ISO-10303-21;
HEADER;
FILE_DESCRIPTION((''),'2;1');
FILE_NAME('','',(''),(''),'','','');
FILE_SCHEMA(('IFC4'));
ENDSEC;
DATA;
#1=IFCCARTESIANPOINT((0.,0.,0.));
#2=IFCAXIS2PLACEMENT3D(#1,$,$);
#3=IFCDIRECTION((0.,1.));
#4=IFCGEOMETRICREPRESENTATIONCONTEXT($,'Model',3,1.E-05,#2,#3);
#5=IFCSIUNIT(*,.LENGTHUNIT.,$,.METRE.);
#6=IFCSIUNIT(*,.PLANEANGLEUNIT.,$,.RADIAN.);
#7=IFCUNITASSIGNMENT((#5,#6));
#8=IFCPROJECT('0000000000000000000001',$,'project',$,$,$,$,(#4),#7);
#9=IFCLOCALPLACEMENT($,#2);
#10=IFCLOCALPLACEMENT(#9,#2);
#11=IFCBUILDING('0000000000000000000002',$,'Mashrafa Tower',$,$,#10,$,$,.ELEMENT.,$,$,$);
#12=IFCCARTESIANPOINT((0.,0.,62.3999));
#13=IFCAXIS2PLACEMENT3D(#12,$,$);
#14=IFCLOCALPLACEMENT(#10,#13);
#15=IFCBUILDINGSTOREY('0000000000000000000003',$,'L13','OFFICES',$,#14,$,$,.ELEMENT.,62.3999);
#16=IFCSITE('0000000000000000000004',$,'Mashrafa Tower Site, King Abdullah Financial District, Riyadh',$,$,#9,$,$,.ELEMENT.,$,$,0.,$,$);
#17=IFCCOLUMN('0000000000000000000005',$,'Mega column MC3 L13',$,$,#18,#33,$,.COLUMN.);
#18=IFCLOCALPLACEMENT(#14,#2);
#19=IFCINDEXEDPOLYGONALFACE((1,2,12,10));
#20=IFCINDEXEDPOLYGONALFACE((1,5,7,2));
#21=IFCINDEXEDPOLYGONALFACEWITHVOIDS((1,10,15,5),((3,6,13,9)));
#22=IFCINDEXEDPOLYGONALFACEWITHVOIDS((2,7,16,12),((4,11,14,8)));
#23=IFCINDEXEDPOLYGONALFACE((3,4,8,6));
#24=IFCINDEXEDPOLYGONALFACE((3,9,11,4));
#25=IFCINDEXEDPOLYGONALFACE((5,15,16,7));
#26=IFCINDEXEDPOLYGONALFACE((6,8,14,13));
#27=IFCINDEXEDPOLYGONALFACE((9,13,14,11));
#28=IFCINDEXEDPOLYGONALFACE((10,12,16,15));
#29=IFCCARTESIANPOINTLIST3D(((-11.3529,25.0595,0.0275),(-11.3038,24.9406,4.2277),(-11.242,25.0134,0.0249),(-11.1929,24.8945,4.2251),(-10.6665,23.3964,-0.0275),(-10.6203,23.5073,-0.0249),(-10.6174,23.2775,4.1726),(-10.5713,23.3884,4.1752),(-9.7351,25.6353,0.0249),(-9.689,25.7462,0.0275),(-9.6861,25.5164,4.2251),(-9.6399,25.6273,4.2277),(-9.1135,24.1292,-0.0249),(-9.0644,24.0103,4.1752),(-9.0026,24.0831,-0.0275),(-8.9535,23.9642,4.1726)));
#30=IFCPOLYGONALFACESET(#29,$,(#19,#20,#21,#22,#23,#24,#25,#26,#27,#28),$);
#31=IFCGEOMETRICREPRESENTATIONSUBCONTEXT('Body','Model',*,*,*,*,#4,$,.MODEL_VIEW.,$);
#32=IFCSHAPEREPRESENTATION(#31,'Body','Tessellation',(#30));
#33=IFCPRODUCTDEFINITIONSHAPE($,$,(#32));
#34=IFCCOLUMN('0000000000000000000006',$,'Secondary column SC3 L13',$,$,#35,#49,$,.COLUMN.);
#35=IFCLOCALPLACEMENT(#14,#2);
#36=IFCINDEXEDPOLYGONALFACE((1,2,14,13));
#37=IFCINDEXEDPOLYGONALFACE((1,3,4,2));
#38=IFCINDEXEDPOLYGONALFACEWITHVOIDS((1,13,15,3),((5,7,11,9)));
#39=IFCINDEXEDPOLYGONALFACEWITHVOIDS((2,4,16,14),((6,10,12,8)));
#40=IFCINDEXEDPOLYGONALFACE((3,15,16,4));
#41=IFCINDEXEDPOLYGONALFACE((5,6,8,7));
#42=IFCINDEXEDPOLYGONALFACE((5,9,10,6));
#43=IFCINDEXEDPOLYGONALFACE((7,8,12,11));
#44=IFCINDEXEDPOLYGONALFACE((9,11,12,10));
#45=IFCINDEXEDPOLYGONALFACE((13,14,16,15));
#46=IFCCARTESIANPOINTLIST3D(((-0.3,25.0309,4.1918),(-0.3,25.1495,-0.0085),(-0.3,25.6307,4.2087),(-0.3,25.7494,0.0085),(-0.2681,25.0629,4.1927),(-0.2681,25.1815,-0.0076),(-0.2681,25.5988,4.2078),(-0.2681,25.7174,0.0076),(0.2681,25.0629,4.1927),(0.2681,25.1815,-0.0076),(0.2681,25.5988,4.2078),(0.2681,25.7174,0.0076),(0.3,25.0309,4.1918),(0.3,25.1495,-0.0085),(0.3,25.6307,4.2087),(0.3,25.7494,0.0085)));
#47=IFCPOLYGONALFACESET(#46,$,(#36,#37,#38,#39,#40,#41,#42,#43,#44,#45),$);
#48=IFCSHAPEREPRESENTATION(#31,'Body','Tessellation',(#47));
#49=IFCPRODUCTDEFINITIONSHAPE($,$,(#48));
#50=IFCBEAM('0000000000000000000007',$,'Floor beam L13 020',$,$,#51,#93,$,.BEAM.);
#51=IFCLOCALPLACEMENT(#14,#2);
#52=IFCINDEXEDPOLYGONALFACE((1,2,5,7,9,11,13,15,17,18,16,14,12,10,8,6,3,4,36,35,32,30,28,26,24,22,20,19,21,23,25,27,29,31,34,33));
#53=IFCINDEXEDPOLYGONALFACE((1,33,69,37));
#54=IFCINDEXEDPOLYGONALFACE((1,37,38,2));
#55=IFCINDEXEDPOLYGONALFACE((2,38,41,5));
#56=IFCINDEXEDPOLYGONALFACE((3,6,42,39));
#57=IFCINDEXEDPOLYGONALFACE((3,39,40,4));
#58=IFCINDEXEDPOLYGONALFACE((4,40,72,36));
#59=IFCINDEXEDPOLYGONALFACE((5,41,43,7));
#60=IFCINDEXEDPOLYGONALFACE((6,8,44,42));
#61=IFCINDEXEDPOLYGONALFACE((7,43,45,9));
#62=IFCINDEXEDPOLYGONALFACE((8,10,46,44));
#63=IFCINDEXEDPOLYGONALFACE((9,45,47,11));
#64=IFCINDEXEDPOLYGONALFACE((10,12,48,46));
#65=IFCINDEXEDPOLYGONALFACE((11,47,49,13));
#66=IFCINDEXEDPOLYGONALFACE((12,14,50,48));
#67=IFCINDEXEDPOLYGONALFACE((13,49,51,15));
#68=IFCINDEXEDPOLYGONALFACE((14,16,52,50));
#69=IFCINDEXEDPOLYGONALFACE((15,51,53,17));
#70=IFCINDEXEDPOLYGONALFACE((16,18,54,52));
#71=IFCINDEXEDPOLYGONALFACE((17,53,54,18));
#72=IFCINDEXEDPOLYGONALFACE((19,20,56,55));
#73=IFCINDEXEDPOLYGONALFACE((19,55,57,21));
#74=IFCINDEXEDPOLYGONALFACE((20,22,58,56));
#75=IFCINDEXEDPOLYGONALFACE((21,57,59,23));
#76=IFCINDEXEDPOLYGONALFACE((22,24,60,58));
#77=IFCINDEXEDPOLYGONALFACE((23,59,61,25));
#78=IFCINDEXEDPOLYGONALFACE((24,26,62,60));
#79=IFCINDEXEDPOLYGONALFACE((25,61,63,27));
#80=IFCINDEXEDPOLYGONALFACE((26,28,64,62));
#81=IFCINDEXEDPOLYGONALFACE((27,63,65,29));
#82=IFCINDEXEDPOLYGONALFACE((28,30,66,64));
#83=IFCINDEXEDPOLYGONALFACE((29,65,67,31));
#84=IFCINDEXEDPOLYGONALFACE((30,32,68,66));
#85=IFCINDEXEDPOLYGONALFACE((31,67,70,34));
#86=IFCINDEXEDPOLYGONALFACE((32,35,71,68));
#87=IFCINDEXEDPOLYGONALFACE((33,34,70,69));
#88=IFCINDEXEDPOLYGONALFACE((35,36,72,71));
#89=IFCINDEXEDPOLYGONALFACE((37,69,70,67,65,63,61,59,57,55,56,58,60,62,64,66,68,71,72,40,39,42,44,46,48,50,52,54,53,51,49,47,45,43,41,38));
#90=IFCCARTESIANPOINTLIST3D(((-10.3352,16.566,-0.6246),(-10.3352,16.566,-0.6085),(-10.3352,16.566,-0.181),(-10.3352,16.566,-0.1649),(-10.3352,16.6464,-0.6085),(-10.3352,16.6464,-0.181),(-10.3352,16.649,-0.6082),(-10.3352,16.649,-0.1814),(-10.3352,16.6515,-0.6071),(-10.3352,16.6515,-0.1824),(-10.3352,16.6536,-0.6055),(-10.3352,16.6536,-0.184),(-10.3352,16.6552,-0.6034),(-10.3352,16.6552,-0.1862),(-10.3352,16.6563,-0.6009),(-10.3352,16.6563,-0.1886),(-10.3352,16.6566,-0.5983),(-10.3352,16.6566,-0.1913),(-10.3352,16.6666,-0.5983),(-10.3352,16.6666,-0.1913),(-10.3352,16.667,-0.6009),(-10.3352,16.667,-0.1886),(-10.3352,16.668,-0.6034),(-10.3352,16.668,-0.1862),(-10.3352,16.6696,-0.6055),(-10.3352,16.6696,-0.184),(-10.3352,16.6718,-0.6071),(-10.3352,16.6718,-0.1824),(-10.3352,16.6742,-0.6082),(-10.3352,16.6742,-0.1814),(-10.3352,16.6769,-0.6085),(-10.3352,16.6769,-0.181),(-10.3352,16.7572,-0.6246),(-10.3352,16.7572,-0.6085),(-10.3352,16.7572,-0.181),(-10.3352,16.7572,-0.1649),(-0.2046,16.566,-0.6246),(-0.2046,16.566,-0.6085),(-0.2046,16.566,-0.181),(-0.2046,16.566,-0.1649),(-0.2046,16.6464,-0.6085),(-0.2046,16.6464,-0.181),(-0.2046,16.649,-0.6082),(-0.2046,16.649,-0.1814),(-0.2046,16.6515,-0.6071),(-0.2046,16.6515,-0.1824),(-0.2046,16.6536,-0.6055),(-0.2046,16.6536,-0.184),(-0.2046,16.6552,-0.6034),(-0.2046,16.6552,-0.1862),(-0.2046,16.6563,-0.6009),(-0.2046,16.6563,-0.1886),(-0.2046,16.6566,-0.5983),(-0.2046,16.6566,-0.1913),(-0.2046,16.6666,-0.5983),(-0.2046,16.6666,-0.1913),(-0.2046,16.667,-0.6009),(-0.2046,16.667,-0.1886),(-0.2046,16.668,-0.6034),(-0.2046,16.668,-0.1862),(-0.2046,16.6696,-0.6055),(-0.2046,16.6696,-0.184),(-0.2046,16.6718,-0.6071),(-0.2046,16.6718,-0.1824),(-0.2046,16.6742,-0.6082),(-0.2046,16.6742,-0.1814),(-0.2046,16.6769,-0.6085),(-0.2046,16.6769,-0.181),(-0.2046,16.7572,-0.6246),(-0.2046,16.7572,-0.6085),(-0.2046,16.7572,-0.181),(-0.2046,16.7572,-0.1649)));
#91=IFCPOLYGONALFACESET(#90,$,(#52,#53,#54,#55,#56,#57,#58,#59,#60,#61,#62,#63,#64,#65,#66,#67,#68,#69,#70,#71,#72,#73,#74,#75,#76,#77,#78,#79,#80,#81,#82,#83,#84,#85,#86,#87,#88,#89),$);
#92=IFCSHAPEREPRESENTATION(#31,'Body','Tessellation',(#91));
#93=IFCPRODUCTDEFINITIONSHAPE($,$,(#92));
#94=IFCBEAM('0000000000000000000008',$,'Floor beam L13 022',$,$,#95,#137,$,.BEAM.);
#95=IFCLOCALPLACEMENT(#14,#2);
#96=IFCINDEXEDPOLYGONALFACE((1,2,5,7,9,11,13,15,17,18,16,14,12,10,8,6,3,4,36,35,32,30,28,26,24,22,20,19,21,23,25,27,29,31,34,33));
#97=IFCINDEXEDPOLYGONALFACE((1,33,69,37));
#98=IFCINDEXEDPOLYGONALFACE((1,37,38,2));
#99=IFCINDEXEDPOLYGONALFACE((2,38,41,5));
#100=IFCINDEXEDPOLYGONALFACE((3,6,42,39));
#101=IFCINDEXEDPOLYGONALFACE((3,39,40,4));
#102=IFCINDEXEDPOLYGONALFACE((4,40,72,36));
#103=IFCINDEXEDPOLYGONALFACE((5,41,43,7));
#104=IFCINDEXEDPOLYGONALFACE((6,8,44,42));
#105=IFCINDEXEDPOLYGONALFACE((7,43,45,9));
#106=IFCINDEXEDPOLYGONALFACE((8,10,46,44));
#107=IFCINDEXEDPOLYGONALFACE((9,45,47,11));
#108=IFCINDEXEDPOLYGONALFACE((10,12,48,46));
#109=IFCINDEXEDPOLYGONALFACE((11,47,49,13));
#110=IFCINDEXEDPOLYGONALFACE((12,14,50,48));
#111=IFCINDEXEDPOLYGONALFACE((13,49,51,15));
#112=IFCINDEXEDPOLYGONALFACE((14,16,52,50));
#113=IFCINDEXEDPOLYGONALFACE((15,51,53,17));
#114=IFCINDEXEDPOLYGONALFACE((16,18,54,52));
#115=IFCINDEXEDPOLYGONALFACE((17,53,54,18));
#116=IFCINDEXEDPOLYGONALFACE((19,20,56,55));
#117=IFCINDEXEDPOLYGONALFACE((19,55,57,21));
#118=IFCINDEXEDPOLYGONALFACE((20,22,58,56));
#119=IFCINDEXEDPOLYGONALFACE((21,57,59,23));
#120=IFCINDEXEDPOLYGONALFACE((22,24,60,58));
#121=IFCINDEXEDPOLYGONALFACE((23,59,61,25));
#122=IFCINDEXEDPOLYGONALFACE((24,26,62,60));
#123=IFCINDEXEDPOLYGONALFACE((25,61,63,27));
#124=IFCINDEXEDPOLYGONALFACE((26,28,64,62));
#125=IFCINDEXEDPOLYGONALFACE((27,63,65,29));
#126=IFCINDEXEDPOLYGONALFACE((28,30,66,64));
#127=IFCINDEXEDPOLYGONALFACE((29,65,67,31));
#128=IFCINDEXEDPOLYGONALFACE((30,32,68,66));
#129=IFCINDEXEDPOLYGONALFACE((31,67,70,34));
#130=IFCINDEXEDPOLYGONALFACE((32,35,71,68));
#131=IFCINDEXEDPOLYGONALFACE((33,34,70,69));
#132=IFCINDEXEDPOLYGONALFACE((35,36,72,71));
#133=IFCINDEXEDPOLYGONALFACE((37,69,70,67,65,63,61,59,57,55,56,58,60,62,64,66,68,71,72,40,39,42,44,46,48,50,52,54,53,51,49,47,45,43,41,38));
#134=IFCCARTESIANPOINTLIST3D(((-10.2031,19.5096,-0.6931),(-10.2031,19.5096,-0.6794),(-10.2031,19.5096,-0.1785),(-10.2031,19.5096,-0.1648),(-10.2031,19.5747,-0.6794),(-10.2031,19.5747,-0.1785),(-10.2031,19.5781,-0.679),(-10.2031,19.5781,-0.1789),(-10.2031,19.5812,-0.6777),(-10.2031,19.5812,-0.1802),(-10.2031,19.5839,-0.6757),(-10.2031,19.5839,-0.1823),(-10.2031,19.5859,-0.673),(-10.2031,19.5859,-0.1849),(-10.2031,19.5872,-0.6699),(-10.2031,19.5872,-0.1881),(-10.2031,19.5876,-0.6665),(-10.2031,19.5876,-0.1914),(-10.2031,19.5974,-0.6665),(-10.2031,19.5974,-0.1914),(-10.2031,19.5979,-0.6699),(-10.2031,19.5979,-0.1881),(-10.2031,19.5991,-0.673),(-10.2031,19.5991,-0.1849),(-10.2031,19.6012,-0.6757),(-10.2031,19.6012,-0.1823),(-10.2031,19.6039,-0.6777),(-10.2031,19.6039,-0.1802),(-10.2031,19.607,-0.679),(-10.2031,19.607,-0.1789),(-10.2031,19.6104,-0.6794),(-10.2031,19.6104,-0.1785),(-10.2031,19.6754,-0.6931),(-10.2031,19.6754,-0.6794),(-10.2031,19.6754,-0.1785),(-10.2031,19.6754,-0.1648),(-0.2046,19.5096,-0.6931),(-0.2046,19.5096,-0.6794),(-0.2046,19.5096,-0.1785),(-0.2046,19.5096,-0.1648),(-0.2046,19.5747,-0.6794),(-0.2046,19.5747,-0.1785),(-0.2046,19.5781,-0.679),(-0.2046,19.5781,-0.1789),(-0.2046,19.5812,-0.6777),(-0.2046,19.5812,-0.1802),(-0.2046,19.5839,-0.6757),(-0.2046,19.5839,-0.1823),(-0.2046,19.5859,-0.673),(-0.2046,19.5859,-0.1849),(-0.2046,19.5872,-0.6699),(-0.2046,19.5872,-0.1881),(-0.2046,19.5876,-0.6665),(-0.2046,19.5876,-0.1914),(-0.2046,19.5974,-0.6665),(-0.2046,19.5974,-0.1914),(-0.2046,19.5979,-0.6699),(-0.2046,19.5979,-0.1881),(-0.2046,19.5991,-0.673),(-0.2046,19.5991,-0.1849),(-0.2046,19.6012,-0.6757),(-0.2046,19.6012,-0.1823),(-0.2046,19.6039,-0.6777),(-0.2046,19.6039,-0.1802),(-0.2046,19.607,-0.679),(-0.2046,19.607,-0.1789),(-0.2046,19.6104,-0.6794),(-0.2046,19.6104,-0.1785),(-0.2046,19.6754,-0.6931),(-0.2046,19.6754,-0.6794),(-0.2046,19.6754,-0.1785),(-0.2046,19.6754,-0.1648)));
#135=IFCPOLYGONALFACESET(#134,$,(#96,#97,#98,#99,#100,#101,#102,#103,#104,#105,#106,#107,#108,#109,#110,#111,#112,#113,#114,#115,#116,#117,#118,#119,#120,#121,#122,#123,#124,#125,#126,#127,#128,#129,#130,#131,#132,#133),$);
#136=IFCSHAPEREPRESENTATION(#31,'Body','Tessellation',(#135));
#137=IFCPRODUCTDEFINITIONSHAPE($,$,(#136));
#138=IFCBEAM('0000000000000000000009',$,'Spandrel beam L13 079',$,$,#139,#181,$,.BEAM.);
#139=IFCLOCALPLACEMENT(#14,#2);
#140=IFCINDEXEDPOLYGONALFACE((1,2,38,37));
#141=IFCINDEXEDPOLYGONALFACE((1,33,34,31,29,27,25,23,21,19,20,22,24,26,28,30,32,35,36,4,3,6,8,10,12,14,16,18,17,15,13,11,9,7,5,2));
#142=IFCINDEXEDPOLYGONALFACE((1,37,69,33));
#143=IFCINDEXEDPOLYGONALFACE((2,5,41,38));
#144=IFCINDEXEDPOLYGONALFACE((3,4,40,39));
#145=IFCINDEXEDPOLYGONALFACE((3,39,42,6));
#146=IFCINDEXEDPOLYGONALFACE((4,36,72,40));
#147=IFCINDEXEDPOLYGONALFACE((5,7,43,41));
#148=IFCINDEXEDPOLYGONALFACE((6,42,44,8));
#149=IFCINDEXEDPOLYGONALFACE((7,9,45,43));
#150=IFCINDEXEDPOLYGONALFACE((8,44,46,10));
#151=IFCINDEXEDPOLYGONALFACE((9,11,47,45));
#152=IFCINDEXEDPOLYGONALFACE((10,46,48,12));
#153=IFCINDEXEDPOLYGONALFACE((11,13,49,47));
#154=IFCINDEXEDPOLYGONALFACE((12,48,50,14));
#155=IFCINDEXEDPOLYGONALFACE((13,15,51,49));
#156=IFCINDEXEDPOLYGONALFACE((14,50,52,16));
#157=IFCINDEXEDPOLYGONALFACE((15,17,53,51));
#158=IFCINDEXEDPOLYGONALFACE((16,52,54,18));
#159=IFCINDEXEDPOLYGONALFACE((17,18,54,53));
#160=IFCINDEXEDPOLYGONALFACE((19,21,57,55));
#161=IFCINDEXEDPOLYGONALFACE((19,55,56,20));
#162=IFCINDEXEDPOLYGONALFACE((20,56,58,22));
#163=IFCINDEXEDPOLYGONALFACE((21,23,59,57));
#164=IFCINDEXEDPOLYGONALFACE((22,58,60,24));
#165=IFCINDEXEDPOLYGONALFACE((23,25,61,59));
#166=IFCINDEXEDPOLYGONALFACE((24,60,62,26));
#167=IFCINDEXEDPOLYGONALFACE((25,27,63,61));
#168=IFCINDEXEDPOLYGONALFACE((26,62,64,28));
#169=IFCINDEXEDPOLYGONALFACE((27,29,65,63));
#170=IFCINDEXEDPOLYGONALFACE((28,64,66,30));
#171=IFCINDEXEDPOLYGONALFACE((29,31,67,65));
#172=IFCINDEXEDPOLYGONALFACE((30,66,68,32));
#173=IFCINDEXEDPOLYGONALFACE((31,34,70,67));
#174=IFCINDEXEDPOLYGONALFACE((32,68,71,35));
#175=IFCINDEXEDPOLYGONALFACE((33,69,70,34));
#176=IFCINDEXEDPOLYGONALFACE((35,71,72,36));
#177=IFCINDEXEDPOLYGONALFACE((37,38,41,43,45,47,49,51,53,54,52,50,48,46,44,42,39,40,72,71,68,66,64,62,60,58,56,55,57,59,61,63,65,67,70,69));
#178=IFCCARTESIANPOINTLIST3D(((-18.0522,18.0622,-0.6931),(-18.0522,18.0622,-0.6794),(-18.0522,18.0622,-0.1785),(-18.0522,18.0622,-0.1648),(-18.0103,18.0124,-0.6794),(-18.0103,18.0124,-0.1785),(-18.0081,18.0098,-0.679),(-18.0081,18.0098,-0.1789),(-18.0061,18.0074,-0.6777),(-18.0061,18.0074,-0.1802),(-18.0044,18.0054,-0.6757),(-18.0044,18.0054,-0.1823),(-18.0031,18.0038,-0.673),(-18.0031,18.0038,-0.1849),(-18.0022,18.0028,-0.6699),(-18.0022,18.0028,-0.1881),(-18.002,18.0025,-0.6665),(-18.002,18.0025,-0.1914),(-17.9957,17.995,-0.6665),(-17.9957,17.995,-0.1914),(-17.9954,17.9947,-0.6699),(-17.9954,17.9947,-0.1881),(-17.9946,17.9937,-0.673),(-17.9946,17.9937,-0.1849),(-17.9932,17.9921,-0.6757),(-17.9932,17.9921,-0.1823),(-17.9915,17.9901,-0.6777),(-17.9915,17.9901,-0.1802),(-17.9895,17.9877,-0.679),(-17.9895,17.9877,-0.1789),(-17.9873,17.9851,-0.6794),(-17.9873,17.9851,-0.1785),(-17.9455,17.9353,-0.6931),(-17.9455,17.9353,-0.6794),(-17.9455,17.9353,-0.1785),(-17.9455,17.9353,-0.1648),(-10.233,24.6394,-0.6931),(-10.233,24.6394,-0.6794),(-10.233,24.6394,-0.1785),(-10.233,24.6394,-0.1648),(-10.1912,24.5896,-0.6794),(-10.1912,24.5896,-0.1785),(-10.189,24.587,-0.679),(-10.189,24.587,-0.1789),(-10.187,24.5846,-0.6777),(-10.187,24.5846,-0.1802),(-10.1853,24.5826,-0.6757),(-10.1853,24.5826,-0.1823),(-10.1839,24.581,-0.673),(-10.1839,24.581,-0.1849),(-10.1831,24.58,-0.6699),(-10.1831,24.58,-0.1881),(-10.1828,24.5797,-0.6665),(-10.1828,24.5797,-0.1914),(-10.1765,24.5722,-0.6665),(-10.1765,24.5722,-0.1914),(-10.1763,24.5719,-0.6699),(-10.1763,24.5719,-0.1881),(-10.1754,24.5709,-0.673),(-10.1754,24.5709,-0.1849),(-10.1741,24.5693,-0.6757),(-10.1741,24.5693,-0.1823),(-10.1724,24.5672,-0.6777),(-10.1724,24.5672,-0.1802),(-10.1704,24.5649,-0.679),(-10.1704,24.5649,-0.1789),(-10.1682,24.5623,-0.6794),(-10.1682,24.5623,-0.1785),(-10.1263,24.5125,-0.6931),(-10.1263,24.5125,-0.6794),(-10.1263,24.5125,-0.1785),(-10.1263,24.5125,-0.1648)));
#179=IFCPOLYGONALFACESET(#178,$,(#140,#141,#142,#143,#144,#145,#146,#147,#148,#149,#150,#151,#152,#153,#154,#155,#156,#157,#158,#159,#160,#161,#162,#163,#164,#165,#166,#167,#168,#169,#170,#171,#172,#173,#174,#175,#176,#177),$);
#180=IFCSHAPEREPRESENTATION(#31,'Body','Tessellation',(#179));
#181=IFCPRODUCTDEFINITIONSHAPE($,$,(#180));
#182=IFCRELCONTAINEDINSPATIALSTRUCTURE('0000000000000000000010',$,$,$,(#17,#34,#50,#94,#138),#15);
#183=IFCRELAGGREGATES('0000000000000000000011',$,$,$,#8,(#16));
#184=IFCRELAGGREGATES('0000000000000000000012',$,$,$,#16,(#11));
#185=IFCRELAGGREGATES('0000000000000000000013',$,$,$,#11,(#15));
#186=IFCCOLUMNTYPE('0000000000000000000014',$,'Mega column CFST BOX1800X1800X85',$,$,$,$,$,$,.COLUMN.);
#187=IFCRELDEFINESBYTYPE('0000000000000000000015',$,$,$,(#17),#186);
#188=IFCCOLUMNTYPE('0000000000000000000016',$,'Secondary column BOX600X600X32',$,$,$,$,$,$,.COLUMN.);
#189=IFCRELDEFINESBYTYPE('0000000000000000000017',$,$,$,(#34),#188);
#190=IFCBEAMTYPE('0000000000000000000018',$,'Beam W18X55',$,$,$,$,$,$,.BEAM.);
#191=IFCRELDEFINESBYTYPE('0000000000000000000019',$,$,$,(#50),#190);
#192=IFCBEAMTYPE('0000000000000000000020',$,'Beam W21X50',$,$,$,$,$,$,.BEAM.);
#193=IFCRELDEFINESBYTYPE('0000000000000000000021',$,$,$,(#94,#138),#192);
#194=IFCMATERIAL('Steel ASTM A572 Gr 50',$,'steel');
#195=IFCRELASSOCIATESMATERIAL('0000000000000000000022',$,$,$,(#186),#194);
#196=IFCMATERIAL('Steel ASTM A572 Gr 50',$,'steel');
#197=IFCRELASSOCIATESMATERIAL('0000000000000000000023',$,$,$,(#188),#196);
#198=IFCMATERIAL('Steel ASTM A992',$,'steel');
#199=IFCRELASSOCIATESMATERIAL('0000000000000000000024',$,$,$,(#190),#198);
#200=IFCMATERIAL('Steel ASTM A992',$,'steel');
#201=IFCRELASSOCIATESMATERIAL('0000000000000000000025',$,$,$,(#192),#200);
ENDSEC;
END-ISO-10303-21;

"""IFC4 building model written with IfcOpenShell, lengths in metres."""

from ifc_helpers import new_model, si_unit, direction, frame, origin, origin_2d, place, context, subcontext, project, spatial, hollow_rectangle, i_section, extrude, material, material_profile, profile_set, type_object, element, save


model = new_model("IFC4")

# Units and contexts
model_context = context("Model", 3, precision=1e-05, world=origin(), true_north=direction((0.0, 1.0)))
body_context = subcontext(model_context, "Body", "Model", "MODEL_VIEW")
ifc_project = project(units=[si_unit("LENGTHUNIT", "METRE"), si_unit("PLANEANGLEUNIT", "RADIAN")], contexts=[model_context])

# Site, building, storey
site_placement = place(None, origin())
site = spatial("IfcSite", under=ifc_project, at=site_placement, Name="Mashrafa Tower Site, King Abdullah Financial District, Riyadh", CompositionType="ELEMENT", RefElevation=0.0)
building_placement = place(site_placement, origin())
building = spatial("IfcBuilding", under=site, at=building_placement, Name="Mashrafa Tower", CompositionType="ELEMENT")
storey_placement = place(building_placement, frame((0.0, 0.0, 62.3999)))
storey = spatial("IfcBuildingStorey", under=building, at=storey_placement, Name="L13", Description="OFFICES", CompositionType="ELEMENT", Elevation=62.3999)

# Columns
ifc_material_1 = material(Name="Steel ASTM A572 Gr 50", Category="steel")
ifc_material_profile_1 = material_profile(ifc_material_1, hollow_rectangle(XDim=1.8, YDim=1.8, WallThickness=0.085, at=origin_2d()), Name="BOX1800X1800X85")
ifc_profile_set_1 = profile_set([ifc_material_profile_1], Name="Steel ASTM A572 Gr 50")
column_type_1 = type_object("IfcColumnType", Name="Mega column CFST BOX1800X1800X85", PredefinedType="COLUMN", material=ifc_profile_set_1)
column_1_placement = place(storey_placement, frame((-10.1777, 24.5713, 0.0), z_axis=(0.011678, -0.028294, 0.999531), x_axis=(0.924363, 0.381513, 0.0)))
element("IfcColumn", 1, at=column_1_placement, inside=storey, type_object=column_type_1, Name="Mega column MC3 L13", PredefinedType="COLUMN", context=body_context, shape_type="SweptSolid", body=[
    extrude(hollow_rectangle(XDim=1.8, YDim=1.8, WallThickness=0.085, at=origin_2d()), origin(), (0.0, 0.0, 1.0), 4.2021),
])
ifc_material_2 = material(Name="Steel ASTM A572 Gr 50", Category="steel")
ifc_material_profile_2 = material_profile(ifc_material_2, hollow_rectangle(XDim=0.6001, YDim=0.6001, WallThickness=0.032, at=origin_2d()), Name="BOX600X600X32")
ifc_profile_set_2 = profile_set([ifc_material_profile_2], Name="Steel ASTM A572 Gr 50")
column_type_2 = type_object("IfcColumnType", Name="Secondary column BOX600X600X32", PredefinedType="COLUMN", material=ifc_profile_set_2)
column_2_placement = place(storey_placement, frame((0.0, 25.4495, 0.0), z_axis=(0.0, -0.028238, 0.999601), x_axis=(1.0, 0.0, 0.0)))
element("IfcColumn", 2, at=column_2_placement, inside=storey, type_object=column_type_2, Name="Secondary column SC3 L13", PredefinedType="COLUMN", context=body_context, shape_type="SweptSolid", body=[
    extrude(hollow_rectangle(XDim=0.6001, YDim=0.6001, WallThickness=0.032, at=origin_2d()), origin(), (0.0, 0.0, 1.0), 4.2019),
])

# Beams
ifc_material_3 = material(Name="Steel ASTM A992", Category="steel")
ifc_material_profile_3 = material_profile(ifc_material_3, i_section(OverallWidth=0.1912, OverallDepth=0.4597, WebThickness=0.01, FlangeThickness=0.0161, FilletRadius=0.0103, at=origin_2d()), Name="W18X55")
ifc_profile_set_3 = profile_set([ifc_material_profile_3], Name="Steel ASTM A992")
beam_type_1 = type_object("IfcBeamType", Name="Beam W18X55", PredefinedType="BEAM", material=ifc_profile_set_3)
beam_1_placement = place(storey_placement, frame((-10.3352, 16.6616, -0.3948), z_axis=(1.0, 0.0, 0.0), x_axis=(0.0, 1.0, 0.0)))
element("IfcBeam", 3, at=beam_1_placement, inside=storey, type_object=beam_type_1, Name="Floor beam L13 020", PredefinedType="BEAM", context=body_context, shape_type="SweptSolid", body=[
    extrude(i_section(OverallWidth=0.1912, OverallDepth=0.4597, WebThickness=0.01, FlangeThickness=0.0161, FilletRadius=0.0103, at=origin_2d()), origin(), (0.0, 0.0, 1.0), 10.1306),
])
ifc_material_4 = material(Name="Steel ASTM A992", Category="steel")
ifc_material_profile_4 = material_profile(ifc_material_4, i_section(OverallWidth=0.1658, OverallDepth=0.5283, WebThickness=0.0098, FlangeThickness=0.0137, FilletRadius=0.0129, at=origin_2d()), Name="W21X50")
ifc_profile_set_4 = profile_set([ifc_material_profile_4], Name="Steel ASTM A992")
beam_type_2 = type_object("IfcBeamType", Name="Beam W21X50", PredefinedType="BEAM", material=ifc_profile_set_4)
beam_2_placement = place(storey_placement, frame((-10.2031, 19.5925, -0.429), z_axis=(1.0, 0.0, 0.0), x_axis=(0.0, 1.0, 0.0)))
element("IfcBeam", 4, at=beam_2_placement, inside=storey, type_object=beam_type_2, Name="Floor beam L13 022", PredefinedType="BEAM", context=body_context, shape_type="SweptSolid", body=[
    extrude(i_section(OverallWidth=0.1658, OverallDepth=0.5283, WebThickness=0.0098, FlangeThickness=0.0137, FilletRadius=0.0129, at=origin_2d()), origin(), (0.0, 0.0, 1.0), 9.9985),
])
beam_3_placement = place(storey_placement, frame((-10.1797, 24.5759, -0.429), z_axis=(-0.765266, -0.643715, 0.0), x_axis=(0.643715, -0.765266, 0.0)))
element("IfcBeam", 5, at=beam_3_placement, inside=storey, type_object=beam_type_2, Name="Spandrel beam L13 079", PredefinedType="BEAM", context=body_context, shape_type="SweptSolid", body=[
    extrude(i_section(OverallWidth=0.1658, OverallDepth=0.5283, WebThickness=0.0098, FlangeThickness=0.0137, FilletRadius=0.0129, at=origin_2d()), origin(), (0.0, 0.0, 1.0), 10.2175),
])

save(model, "model.ifc")
